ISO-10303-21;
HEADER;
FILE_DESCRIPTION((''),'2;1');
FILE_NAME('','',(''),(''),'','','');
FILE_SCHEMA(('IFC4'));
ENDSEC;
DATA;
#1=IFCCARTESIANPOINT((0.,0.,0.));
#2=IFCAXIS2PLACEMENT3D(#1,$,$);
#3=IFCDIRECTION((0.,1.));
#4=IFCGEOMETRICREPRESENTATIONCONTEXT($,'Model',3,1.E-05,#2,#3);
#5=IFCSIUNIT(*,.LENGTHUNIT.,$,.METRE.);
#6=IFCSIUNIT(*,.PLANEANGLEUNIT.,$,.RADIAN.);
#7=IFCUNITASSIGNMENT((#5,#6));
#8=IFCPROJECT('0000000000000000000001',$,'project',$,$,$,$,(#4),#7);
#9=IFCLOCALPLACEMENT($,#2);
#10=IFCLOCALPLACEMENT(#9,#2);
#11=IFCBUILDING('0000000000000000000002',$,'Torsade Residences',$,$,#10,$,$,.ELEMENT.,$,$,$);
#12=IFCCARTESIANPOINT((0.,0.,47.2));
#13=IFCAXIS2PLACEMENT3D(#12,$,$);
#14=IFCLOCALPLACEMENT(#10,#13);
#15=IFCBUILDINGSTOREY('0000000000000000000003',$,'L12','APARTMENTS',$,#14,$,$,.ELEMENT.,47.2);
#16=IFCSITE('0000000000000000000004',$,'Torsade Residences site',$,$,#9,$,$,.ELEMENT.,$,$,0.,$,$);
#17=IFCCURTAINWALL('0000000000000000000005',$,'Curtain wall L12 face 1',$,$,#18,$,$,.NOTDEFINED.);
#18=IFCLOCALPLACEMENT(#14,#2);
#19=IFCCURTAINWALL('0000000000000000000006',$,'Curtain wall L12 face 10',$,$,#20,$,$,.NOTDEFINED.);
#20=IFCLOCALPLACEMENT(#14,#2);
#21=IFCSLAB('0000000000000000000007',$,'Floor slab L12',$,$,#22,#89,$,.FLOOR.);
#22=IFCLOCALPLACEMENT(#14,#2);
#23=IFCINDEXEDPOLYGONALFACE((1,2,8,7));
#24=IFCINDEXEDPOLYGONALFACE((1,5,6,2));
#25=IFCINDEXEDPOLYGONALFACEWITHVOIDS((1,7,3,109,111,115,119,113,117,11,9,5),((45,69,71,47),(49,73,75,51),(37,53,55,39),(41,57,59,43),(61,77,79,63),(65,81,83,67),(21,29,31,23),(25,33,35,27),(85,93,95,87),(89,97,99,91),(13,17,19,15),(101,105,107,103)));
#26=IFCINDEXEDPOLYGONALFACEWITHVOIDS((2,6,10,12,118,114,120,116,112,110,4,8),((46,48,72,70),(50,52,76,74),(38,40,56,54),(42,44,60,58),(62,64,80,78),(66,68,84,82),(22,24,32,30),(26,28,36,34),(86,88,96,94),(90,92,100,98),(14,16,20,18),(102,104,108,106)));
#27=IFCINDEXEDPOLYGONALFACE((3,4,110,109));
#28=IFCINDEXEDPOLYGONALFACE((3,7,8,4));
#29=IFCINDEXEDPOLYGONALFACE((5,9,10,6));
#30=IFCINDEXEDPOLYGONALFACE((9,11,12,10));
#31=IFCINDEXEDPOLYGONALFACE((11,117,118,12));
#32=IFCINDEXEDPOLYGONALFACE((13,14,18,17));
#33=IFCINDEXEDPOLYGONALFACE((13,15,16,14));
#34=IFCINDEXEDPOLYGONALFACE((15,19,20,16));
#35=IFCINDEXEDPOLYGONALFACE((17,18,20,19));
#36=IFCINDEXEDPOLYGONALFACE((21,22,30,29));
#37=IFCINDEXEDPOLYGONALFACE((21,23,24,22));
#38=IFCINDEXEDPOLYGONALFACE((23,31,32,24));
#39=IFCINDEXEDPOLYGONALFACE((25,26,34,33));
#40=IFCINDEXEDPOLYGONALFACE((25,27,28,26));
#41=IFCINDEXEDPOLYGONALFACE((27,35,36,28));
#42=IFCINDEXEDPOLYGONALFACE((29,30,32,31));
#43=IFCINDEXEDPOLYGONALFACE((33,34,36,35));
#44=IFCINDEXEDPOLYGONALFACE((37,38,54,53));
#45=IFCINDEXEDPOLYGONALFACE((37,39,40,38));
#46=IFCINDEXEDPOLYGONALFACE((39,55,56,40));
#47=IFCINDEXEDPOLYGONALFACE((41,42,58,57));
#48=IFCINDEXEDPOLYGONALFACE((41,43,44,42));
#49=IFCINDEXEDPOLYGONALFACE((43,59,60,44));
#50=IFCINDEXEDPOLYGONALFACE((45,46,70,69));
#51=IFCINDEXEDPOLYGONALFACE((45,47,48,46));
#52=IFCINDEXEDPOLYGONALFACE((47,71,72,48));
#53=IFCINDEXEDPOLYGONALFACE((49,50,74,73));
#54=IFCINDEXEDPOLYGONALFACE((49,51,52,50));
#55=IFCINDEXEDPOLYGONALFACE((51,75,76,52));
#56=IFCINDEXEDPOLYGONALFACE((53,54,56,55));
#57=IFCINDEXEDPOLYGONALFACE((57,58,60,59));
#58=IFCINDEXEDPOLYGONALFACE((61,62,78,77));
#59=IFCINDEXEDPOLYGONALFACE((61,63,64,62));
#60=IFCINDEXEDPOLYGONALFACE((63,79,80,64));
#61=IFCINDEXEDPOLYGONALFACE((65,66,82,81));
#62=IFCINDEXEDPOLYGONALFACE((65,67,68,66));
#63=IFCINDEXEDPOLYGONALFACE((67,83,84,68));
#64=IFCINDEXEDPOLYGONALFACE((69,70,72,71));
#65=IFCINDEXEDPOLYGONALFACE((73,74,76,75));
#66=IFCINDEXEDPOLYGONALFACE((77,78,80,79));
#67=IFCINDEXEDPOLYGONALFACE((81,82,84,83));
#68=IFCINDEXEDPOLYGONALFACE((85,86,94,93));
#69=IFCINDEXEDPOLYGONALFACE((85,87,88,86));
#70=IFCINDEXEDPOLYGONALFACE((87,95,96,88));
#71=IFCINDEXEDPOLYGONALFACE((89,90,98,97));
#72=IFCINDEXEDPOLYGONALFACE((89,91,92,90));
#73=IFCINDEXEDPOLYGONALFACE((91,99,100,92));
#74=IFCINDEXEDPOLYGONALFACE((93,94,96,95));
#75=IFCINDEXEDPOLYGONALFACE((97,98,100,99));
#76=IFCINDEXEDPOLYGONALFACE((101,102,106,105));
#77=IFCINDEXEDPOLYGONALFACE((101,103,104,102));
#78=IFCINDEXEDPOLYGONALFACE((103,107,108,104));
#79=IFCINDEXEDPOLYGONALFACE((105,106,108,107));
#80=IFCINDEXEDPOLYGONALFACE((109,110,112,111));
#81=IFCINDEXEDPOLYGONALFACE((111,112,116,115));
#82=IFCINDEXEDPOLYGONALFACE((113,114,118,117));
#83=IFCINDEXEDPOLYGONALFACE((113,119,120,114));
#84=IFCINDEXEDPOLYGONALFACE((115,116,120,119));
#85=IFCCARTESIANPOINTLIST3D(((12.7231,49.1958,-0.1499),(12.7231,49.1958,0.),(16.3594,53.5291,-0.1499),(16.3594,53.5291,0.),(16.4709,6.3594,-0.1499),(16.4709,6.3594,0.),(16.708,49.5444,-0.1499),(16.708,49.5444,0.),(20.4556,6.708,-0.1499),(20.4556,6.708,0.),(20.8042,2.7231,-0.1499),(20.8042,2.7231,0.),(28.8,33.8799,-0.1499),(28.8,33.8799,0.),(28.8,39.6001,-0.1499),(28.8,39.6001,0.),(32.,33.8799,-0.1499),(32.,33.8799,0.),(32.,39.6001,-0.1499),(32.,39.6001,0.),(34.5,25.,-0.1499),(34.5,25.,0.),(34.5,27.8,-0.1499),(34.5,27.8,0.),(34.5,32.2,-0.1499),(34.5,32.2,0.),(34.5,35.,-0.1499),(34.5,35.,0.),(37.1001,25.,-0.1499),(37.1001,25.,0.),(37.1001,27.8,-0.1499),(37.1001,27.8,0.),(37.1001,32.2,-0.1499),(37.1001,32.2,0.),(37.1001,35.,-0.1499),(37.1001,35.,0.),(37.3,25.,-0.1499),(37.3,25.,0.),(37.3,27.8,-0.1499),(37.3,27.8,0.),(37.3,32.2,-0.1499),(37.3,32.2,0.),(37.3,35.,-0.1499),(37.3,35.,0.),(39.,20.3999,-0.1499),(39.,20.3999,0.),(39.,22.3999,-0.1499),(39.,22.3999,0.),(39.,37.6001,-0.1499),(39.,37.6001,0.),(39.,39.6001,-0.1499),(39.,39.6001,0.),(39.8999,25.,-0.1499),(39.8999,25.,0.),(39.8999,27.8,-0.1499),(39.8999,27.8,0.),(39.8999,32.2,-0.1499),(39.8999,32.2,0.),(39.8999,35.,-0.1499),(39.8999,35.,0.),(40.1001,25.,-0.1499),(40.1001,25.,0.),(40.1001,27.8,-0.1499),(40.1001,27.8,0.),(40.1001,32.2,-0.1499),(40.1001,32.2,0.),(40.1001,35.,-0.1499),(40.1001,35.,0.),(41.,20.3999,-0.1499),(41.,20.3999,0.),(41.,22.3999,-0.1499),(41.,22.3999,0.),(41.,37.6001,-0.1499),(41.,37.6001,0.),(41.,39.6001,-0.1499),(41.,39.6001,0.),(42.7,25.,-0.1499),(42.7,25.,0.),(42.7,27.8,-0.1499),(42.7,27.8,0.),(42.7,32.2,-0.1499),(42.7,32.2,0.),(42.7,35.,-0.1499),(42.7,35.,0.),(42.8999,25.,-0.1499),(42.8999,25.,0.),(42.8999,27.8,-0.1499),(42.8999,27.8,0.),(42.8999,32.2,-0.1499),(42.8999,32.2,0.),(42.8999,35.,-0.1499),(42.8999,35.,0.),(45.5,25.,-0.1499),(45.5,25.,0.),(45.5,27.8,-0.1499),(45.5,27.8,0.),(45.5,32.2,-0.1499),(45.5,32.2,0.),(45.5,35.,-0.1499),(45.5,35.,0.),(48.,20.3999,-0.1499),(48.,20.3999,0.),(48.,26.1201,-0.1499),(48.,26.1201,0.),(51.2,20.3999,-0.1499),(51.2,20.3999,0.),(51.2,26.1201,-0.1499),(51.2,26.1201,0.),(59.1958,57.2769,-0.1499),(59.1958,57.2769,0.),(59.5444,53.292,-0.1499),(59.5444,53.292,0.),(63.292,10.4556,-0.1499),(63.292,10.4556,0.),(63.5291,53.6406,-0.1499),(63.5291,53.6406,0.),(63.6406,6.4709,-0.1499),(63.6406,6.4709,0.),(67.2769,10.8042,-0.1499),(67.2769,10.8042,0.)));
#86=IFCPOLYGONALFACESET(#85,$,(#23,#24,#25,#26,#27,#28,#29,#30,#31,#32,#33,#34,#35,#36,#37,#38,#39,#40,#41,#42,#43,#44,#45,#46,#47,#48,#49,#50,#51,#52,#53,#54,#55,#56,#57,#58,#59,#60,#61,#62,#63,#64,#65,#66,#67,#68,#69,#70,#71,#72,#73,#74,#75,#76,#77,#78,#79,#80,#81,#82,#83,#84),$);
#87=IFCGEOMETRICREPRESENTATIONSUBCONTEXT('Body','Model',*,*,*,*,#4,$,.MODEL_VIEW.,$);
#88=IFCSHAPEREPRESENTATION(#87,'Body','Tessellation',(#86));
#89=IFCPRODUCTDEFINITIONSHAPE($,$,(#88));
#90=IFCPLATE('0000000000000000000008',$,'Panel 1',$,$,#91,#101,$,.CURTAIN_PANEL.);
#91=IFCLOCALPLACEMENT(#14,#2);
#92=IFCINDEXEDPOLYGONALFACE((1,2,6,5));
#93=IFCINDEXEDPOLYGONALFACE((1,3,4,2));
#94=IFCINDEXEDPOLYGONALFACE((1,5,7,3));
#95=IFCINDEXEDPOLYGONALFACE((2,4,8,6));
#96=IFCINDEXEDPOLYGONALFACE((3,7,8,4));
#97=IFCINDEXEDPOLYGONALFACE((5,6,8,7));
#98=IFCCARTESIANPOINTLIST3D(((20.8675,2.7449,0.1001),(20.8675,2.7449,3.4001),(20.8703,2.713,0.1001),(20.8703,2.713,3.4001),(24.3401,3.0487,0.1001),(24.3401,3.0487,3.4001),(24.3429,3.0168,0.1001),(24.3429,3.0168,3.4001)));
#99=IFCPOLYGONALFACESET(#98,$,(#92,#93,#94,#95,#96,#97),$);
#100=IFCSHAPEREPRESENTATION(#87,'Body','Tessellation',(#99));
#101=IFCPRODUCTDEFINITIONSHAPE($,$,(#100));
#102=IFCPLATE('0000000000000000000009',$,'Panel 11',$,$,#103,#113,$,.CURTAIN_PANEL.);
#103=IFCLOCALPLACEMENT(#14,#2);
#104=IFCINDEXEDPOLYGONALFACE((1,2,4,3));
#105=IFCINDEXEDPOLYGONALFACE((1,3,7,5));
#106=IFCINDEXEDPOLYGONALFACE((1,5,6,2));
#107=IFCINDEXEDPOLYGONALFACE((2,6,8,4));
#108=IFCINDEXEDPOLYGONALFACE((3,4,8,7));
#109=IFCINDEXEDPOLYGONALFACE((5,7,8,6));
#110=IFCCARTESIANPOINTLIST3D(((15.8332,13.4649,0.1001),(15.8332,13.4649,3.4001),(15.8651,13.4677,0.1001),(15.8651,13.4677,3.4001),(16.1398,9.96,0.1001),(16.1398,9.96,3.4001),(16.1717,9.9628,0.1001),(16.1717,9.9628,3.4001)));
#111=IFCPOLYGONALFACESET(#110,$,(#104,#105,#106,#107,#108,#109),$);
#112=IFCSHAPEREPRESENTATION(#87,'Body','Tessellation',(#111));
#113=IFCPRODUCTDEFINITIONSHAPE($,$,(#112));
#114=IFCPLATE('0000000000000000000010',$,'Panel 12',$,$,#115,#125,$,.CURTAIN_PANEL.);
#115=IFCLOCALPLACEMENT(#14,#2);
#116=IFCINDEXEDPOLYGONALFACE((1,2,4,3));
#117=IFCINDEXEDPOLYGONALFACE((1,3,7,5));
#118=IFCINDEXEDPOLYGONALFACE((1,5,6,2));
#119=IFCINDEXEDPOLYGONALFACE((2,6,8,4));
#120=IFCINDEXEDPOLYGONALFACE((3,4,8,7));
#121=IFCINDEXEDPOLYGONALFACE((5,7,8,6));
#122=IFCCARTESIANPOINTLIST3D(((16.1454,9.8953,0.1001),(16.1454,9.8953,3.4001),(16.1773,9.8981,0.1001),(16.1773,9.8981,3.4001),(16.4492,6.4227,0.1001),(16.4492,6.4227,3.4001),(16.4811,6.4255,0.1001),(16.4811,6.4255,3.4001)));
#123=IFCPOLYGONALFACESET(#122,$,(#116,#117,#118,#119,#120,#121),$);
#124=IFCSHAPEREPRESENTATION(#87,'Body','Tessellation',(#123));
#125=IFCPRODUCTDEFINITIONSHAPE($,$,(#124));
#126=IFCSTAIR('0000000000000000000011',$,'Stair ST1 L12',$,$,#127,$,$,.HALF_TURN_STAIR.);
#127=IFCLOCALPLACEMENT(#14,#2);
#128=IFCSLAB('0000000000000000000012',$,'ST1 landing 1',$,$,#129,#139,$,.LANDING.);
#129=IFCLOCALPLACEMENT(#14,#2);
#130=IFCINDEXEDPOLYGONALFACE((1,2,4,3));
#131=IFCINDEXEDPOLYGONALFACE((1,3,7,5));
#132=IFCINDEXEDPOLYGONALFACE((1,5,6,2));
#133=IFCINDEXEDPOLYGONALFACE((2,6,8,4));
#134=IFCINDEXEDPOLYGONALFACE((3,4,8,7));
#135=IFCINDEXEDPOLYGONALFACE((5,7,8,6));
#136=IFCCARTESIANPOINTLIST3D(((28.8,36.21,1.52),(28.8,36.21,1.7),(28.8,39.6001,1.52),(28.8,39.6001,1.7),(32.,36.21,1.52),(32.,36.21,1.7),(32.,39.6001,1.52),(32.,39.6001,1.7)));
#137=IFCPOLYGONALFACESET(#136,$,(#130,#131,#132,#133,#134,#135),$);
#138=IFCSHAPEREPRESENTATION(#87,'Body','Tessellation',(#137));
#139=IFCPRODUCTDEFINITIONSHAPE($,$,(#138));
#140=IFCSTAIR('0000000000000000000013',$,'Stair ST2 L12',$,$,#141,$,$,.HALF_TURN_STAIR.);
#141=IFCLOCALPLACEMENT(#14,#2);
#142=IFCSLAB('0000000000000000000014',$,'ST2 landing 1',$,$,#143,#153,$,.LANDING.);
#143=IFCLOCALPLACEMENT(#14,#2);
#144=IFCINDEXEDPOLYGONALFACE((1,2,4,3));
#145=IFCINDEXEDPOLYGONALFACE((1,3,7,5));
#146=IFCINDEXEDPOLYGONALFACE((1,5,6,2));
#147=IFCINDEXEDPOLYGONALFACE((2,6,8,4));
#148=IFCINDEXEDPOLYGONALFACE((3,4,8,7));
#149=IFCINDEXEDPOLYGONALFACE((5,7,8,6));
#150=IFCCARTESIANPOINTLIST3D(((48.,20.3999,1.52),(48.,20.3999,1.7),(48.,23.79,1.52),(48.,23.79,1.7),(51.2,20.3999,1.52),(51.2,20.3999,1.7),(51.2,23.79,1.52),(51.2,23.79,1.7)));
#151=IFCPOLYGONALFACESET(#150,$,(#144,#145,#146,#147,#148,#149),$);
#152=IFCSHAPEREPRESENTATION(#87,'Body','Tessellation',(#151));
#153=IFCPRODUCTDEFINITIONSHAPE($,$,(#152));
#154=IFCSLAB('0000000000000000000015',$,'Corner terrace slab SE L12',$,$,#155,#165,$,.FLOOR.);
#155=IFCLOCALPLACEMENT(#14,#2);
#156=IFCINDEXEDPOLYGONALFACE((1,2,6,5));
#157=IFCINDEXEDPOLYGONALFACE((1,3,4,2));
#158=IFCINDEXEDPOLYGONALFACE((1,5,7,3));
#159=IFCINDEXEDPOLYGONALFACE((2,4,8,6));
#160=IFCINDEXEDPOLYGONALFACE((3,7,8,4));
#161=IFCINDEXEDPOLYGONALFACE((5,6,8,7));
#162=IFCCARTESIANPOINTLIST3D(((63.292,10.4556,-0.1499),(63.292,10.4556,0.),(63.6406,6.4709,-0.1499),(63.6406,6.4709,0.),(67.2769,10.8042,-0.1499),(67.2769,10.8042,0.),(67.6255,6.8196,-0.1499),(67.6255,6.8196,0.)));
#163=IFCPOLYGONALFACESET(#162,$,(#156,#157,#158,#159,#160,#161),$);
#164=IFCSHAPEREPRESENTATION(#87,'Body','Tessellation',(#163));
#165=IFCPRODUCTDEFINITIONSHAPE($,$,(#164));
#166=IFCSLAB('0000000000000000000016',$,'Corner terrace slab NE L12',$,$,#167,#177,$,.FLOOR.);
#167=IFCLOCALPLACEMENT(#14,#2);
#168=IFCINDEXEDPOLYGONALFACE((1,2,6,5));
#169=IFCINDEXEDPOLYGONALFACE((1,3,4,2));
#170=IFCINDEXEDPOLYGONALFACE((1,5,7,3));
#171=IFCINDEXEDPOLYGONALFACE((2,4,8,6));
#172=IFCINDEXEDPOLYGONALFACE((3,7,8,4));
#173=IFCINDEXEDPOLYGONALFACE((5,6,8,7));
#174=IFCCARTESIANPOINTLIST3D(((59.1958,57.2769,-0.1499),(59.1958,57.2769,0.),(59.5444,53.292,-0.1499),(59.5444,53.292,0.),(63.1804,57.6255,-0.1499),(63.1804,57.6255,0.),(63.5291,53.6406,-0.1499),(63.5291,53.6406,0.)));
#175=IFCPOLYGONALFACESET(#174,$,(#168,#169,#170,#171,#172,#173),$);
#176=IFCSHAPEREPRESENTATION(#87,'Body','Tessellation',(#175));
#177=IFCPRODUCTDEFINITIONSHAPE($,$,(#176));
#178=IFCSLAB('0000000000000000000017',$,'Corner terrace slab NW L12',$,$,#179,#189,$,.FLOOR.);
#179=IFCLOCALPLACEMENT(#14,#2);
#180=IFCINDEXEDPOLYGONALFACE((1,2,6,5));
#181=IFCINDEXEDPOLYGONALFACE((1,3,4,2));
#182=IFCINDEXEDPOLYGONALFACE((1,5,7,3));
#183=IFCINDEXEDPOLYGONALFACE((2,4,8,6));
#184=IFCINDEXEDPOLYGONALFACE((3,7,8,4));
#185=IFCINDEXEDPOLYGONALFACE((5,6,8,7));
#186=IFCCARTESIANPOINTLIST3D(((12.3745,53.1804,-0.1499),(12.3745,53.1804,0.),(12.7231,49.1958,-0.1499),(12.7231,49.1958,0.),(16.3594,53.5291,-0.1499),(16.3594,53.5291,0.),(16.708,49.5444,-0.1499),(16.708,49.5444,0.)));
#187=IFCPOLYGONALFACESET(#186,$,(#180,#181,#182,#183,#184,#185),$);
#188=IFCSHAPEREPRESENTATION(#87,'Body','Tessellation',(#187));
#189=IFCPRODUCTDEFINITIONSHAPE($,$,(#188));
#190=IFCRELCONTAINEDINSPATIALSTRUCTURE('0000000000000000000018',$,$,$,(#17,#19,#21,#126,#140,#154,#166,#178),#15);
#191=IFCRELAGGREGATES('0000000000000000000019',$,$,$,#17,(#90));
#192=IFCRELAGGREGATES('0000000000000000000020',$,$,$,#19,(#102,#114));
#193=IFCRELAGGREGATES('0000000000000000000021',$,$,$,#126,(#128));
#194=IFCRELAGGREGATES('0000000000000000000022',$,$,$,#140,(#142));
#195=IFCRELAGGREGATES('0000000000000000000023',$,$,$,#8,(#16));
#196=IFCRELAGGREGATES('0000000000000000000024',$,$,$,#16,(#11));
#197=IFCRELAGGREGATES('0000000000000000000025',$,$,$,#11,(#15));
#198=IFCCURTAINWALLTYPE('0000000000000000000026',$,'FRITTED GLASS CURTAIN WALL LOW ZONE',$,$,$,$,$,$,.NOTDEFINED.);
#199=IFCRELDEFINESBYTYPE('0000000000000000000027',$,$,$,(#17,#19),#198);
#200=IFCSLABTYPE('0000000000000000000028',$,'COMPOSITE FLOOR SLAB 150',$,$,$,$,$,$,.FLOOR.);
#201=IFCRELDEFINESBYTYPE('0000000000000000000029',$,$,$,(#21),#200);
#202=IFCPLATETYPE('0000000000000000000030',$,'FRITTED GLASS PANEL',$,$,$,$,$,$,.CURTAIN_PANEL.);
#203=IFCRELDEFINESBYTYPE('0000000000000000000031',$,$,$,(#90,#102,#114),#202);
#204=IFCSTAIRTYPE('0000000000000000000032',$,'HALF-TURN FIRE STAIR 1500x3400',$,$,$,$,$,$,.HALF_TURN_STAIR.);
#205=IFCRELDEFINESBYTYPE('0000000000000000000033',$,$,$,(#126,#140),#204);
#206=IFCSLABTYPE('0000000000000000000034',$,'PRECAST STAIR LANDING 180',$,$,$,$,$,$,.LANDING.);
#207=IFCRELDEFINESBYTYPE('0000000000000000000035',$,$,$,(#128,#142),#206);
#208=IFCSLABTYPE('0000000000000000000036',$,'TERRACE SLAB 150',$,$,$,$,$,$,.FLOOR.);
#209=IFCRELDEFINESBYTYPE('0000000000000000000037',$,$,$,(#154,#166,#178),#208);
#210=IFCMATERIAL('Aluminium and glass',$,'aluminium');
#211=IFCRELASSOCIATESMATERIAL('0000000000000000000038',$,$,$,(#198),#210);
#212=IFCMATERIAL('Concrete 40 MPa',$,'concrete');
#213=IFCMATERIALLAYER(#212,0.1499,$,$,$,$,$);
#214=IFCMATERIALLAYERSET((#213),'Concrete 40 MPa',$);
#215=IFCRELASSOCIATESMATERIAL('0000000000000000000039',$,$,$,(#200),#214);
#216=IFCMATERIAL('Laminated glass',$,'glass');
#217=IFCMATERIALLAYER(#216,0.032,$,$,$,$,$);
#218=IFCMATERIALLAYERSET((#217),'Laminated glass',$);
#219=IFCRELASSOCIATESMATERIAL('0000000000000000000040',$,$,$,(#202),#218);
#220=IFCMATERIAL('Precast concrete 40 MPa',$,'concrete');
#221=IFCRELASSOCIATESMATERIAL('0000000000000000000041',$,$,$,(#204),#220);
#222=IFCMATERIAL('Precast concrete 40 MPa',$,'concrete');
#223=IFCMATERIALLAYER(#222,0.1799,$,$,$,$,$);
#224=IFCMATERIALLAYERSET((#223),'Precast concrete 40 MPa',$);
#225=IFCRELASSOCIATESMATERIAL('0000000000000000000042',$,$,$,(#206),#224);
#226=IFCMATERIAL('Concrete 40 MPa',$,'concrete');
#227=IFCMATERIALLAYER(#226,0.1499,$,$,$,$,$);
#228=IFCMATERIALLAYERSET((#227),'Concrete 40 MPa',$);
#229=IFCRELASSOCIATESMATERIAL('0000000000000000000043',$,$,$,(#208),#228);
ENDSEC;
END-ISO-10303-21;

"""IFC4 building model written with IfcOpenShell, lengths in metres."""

from ifc_helpers import new_model, si_unit, direction, frame, origin, origin_2d, place, context, subcontext, project, spatial, polyline, rectangle, outline, extrude, material, layer, layer_set, type_object, element, aggregate, save


model = new_model("IFC4")

# Units and contexts
model_context = context("Model", 3, precision=1e-05, world=origin(), true_north=direction((0.0, 1.0)))
body_context = subcontext(model_context, "Body", "Model", "MODEL_VIEW")
ifc_project = project(units=[si_unit("LENGTHUNIT", "METRE"), si_unit("PLANEANGLEUNIT", "RADIAN")], contexts=[model_context])

# Site, building, storey
site_placement = place(None, origin())
site = spatial("IfcSite", under=ifc_project, at=site_placement, Name="Torsade Residences site", CompositionType="ELEMENT", RefElevation=0.0)
building_placement = place(site_placement, origin())
building = spatial("IfcBuilding", under=site, at=building_placement, Name="Torsade Residences", CompositionType="ELEMENT")
storey_placement = place(building_placement, frame((0.0, 0.0, 47.2)))
storey = spatial("IfcBuildingStorey", under=building, at=storey_placement, Name="L12", Description="APARTMENTS", CompositionType="ELEMENT", Elevation=47.2)

# Curtain wall
ifc_material_1 = material(Name="Aluminium and glass", Category="aluminium")
curtain_wall_type = type_object("IfcCurtainWallType", Name="FRITTED GLASS CURTAIN WALL LOW ZONE", PredefinedType="NOTDEFINED", material=ifc_material_1)
curtain_wall_1_placement = place(storey_placement, origin())
curtain_wall_1 = element("IfcCurtainWall", 1, at=curtain_wall_1_placement, inside=storey, type_object=curtain_wall_type, Name="Curtain wall L12 face 1", PredefinedType="NOTDEFINED")

# Curtain wall
curtain_wall_2_placement = place(storey_placement, origin())
curtain_wall_2 = element("IfcCurtainWall", 2, at=curtain_wall_2_placement, inside=storey, type_object=curtain_wall_type, Name="Curtain wall L12 face 10", PredefinedType="NOTDEFINED")

# Slab
ifc_material_2 = material(Name="Concrete 40 MPa", Category="concrete")
ifc_layer_1 = layer(ifc_material_2, 0.1499)
ifc_layer_set_1 = layer_set([ifc_layer_1], Name="Concrete 40 MPa")
slab_type_1 = type_object("IfcSlabType", Name="COMPOSITE FLOOR SLAB 150", PredefinedType="FLOOR", material=ifc_layer_set_1)
slab_1_placement = place(storey_placement, frame((0.0, 0.0, -0.1499)))
element("IfcSlab", 3, at=slab_1_placement, inside=storey, type_object=slab_type_1, Name="Floor slab L12", PredefinedType="FLOOR", context=body_context, shape_type="SweptSolid", body=[
    extrude(outline(polyline([(20.8042, 2.7231), (63.6406, 6.4709), (63.292, 10.4556), (67.2769, 10.8042), (63.5291, 53.6406), (59.5444, 53.292), (59.1958, 57.2769), (16.3594, 53.5291), (16.708, 49.5444), (12.7231, 49.1958), (16.4709, 6.3594), (20.4556, 6.708), (20.8042, 2.7231)]), holes=[polyline([(51.2, 20.3999), (51.2, 26.1201), (48.0, 26.1201), (48.0, 20.3999), (51.2, 20.3999)]), polyline([(45.5, 27.8), (42.8999, 27.8), (42.8999, 25.0), (45.5, 25.0), (45.5, 27.8)]), polyline([(45.5, 32.2), (45.5, 35.0), (42.8999, 35.0), (42.8999, 32.2), (45.5, 32.2)]), polyline([(42.7, 25.0), (42.7, 27.8), (40.1001, 27.8), (40.1001, 25.0), (42.7, 25.0)]), polyline([(42.7, 32.2), (42.7, 35.0), (40.1001, 35.0), (40.1001, 32.2), (42.7, 32.2)]), polyline([(41.0, 22.3999), (39.0, 22.3999), (39.0, 20.3999), (41.0, 20.3999), (41.0, 22.3999)]), polyline([(41.0, 37.6001), (41.0, 39.6001), (39.0, 39.6001), (39.0, 37.6001), (41.0, 37.6001)]), polyline([(39.8999, 25.0), (39.8999, 27.8), (37.3, 27.8), (37.3, 25.0), (39.8999, 25.0)]), polyline([(39.8999, 35.0), (37.3, 35.0), (37.3, 32.2), (39.8999, 32.2), (39.8999, 35.0)]), polyline([(37.1001, 27.8), (34.5, 27.8), (34.5, 25.0), (37.1001, 25.0), (37.1001, 27.8)]), polyline([(37.1001, 32.2), (37.1001, 35.0), (34.5, 35.0), (34.5, 32.2), (37.1001, 32.2)]), polyline([(32.0, 33.8799), (32.0, 39.6001), (28.8, 39.6001), (28.8, 33.8799), (32.0, 33.8799)])]), origin(), (0.0, 0.0, 1.0), 0.1499),
])

# Plates
ifc_material_3 = material(Name="Laminated glass", Category="glass")
ifc_layer_2 = layer(ifc_material_3, 0.032)
ifc_layer_set_2 = layer_set([ifc_layer_2], Name="Laminated glass")
plate_type = type_object("IfcPlateType", Name="FRITTED GLASS PANEL", PredefinedType="CURTAIN_PANEL", material=ifc_layer_set_2)
plate_1_placement = place(storey_placement, frame((22.6052, 2.8809, 0.1001), z_axis=(0.0, 0.0, 1.0), x_axis=(0.996195, 0.087156, 0.0)))
plate_1 = element("IfcPlate", 4, at=plate_1_placement, type_object=plate_type, Name="Panel 1", PredefinedType="CURTAIN_PANEL", context=body_context, shape_type="SweptSolid", body=[
    extrude(rectangle(XDim=3.4858, YDim=0.032, at=origin_2d()), origin(), (0.0, 0.0, 1.0), 3.3),
])
aggregate(curtain_wall_1, [plate_1])
plate_2_placement = place(storey_placement, frame((16.0024, 11.7139, 0.1001), z_axis=(0.0, 0.0, 1.0), x_axis=(0.087156, -0.996195, 0.0)))
plate_2 = element("IfcPlate", 5, at=plate_2_placement, type_object=plate_type, Name="Panel 11", PredefinedType="CURTAIN_PANEL", context=body_context, shape_type="SweptSolid", body=[
    extrude(rectangle(XDim=3.5183, YDim=0.032, at=origin_2d()), origin(), (0.0, 0.0, 1.0), 3.3),
])
plate_3_placement = place(storey_placement, frame((16.3132, 8.1604, 0.1001), z_axis=(0.0, 0.0, 1.0), x_axis=(0.087156, -0.996195, 0.0)))
plate_3 = element("IfcPlate", 6, at=plate_3_placement, type_object=plate_type, Name="Panel 12", PredefinedType="CURTAIN_PANEL", context=body_context, shape_type="SweptSolid", body=[
    extrude(rectangle(XDim=3.4858, YDim=0.032, at=origin_2d()), origin(), (0.0, 0.0, 1.0), 3.3),
])
aggregate(curtain_wall_2, [plate_2, plate_3])

# Stairs, slabs
ifc_material_4 = material(Name="Precast concrete 40 MPa", Category="concrete")
stair_type = type_object("IfcStairType", Name="HALF-TURN FIRE STAIR 1500x3400", PredefinedType="HALF_TURN_STAIR", material=ifc_material_4)
stair_1_placement = place(storey_placement, origin())
stair_1 = element("IfcStair", 7, at=stair_1_placement, inside=storey, type_object=stair_type, Name="Stair ST1 L12", PredefinedType="HALF_TURN_STAIR")
ifc_material_5 = material(Name="Precast concrete 40 MPa", Category="concrete")
ifc_layer_3 = layer(ifc_material_5, 0.1799)
ifc_layer_set_3 = layer_set([ifc_layer_3], Name="Precast concrete 40 MPa")
slab_type_2 = type_object("IfcSlabType", Name="PRECAST STAIR LANDING 180", PredefinedType="LANDING", material=ifc_layer_set_3)
slab_2_placement = place(storey_placement, frame((0.0, 0.0, 1.52)))
slab_2 = element("IfcSlab", 8, at=slab_2_placement, type_object=slab_type_2, Name="ST1 landing 1", PredefinedType="LANDING", context=body_context, shape_type="SweptSolid", body=[
    extrude(outline(polyline([(28.8, 36.21), (32.0, 36.21), (32.0, 39.6001), (28.8, 39.6001), (28.8, 36.21)])), origin(), (0.0, 0.0, 1.0), 0.1799),
])
aggregate(stair_1, [slab_2])
stair_2_placement = place(storey_placement, origin())
stair_2 = element("IfcStair", 9, at=stair_2_placement, inside=storey, type_object=stair_type, Name="Stair ST2 L12", PredefinedType="HALF_TURN_STAIR")
slab_3_placement = place(storey_placement, frame((0.0, 0.0, 1.52)))
slab_3 = element("IfcSlab", 10, at=slab_3_placement, type_object=slab_type_2, Name="ST2 landing 1", PredefinedType="LANDING", context=body_context, shape_type="SweptSolid", body=[
    extrude(outline(polyline([(48.0, 20.3999), (51.2, 20.3999), (51.2, 23.79), (48.0, 23.79), (48.0, 20.3999)])), origin(), (0.0, 0.0, 1.0), 0.1799),
])
aggregate(stair_2, [slab_3])

# Slabs
ifc_material_6 = material(Name="Concrete 40 MPa", Category="concrete")
ifc_layer_4 = layer(ifc_material_6, 0.1499)
ifc_layer_set_4 = layer_set([ifc_layer_4], Name="Concrete 40 MPa")
slab_type_3 = type_object("IfcSlabType", Name="TERRACE SLAB 150", PredefinedType="FLOOR", material=ifc_layer_set_4)
slab_4_placement = place(storey_placement, frame((0.0, 0.0, -0.1499)))
element("IfcSlab", 11, at=slab_4_placement, inside=storey, type_object=slab_type_3, Name="Corner terrace slab SE L12", PredefinedType="FLOOR", context=body_context, shape_type="SweptSolid", body=[
    extrude(outline(polyline([(63.6406, 6.4709), (67.6255, 6.8196), (67.2769, 10.8042), (63.292, 10.4556), (63.6406, 6.4709)])), origin(), (0.0, 0.0, 1.0), 0.1499),
])
slab_5_placement = place(storey_placement, frame((0.0, 0.0, -0.1499)))
element("IfcSlab", 12, at=slab_5_placement, inside=storey, type_object=slab_type_3, Name="Corner terrace slab NE L12", PredefinedType="FLOOR", context=body_context, shape_type="SweptSolid", body=[
    extrude(outline(polyline([(59.5444, 53.292), (63.5291, 53.6406), (63.1804, 57.6255), (59.1958, 57.2769), (59.5444, 53.292)])), origin(), (0.0, 0.0, 1.0), 0.1499),
])
slab_6_placement = place(storey_placement, frame((0.0, 0.0, -0.1499)))
element("IfcSlab", 13, at=slab_6_placement, inside=storey, type_object=slab_type_3, Name="Corner terrace slab NW L12", PredefinedType="FLOOR", context=body_context, shape_type="SweptSolid", body=[
    extrude(outline(polyline([(12.7231, 49.1958), (16.708, 49.5444), (16.3594, 53.5291), (12.3745, 53.1804), (12.7231, 49.1958)])), origin(), (0.0, 0.0, 1.0), 0.1499),
])

save(model, "model.ifc")
